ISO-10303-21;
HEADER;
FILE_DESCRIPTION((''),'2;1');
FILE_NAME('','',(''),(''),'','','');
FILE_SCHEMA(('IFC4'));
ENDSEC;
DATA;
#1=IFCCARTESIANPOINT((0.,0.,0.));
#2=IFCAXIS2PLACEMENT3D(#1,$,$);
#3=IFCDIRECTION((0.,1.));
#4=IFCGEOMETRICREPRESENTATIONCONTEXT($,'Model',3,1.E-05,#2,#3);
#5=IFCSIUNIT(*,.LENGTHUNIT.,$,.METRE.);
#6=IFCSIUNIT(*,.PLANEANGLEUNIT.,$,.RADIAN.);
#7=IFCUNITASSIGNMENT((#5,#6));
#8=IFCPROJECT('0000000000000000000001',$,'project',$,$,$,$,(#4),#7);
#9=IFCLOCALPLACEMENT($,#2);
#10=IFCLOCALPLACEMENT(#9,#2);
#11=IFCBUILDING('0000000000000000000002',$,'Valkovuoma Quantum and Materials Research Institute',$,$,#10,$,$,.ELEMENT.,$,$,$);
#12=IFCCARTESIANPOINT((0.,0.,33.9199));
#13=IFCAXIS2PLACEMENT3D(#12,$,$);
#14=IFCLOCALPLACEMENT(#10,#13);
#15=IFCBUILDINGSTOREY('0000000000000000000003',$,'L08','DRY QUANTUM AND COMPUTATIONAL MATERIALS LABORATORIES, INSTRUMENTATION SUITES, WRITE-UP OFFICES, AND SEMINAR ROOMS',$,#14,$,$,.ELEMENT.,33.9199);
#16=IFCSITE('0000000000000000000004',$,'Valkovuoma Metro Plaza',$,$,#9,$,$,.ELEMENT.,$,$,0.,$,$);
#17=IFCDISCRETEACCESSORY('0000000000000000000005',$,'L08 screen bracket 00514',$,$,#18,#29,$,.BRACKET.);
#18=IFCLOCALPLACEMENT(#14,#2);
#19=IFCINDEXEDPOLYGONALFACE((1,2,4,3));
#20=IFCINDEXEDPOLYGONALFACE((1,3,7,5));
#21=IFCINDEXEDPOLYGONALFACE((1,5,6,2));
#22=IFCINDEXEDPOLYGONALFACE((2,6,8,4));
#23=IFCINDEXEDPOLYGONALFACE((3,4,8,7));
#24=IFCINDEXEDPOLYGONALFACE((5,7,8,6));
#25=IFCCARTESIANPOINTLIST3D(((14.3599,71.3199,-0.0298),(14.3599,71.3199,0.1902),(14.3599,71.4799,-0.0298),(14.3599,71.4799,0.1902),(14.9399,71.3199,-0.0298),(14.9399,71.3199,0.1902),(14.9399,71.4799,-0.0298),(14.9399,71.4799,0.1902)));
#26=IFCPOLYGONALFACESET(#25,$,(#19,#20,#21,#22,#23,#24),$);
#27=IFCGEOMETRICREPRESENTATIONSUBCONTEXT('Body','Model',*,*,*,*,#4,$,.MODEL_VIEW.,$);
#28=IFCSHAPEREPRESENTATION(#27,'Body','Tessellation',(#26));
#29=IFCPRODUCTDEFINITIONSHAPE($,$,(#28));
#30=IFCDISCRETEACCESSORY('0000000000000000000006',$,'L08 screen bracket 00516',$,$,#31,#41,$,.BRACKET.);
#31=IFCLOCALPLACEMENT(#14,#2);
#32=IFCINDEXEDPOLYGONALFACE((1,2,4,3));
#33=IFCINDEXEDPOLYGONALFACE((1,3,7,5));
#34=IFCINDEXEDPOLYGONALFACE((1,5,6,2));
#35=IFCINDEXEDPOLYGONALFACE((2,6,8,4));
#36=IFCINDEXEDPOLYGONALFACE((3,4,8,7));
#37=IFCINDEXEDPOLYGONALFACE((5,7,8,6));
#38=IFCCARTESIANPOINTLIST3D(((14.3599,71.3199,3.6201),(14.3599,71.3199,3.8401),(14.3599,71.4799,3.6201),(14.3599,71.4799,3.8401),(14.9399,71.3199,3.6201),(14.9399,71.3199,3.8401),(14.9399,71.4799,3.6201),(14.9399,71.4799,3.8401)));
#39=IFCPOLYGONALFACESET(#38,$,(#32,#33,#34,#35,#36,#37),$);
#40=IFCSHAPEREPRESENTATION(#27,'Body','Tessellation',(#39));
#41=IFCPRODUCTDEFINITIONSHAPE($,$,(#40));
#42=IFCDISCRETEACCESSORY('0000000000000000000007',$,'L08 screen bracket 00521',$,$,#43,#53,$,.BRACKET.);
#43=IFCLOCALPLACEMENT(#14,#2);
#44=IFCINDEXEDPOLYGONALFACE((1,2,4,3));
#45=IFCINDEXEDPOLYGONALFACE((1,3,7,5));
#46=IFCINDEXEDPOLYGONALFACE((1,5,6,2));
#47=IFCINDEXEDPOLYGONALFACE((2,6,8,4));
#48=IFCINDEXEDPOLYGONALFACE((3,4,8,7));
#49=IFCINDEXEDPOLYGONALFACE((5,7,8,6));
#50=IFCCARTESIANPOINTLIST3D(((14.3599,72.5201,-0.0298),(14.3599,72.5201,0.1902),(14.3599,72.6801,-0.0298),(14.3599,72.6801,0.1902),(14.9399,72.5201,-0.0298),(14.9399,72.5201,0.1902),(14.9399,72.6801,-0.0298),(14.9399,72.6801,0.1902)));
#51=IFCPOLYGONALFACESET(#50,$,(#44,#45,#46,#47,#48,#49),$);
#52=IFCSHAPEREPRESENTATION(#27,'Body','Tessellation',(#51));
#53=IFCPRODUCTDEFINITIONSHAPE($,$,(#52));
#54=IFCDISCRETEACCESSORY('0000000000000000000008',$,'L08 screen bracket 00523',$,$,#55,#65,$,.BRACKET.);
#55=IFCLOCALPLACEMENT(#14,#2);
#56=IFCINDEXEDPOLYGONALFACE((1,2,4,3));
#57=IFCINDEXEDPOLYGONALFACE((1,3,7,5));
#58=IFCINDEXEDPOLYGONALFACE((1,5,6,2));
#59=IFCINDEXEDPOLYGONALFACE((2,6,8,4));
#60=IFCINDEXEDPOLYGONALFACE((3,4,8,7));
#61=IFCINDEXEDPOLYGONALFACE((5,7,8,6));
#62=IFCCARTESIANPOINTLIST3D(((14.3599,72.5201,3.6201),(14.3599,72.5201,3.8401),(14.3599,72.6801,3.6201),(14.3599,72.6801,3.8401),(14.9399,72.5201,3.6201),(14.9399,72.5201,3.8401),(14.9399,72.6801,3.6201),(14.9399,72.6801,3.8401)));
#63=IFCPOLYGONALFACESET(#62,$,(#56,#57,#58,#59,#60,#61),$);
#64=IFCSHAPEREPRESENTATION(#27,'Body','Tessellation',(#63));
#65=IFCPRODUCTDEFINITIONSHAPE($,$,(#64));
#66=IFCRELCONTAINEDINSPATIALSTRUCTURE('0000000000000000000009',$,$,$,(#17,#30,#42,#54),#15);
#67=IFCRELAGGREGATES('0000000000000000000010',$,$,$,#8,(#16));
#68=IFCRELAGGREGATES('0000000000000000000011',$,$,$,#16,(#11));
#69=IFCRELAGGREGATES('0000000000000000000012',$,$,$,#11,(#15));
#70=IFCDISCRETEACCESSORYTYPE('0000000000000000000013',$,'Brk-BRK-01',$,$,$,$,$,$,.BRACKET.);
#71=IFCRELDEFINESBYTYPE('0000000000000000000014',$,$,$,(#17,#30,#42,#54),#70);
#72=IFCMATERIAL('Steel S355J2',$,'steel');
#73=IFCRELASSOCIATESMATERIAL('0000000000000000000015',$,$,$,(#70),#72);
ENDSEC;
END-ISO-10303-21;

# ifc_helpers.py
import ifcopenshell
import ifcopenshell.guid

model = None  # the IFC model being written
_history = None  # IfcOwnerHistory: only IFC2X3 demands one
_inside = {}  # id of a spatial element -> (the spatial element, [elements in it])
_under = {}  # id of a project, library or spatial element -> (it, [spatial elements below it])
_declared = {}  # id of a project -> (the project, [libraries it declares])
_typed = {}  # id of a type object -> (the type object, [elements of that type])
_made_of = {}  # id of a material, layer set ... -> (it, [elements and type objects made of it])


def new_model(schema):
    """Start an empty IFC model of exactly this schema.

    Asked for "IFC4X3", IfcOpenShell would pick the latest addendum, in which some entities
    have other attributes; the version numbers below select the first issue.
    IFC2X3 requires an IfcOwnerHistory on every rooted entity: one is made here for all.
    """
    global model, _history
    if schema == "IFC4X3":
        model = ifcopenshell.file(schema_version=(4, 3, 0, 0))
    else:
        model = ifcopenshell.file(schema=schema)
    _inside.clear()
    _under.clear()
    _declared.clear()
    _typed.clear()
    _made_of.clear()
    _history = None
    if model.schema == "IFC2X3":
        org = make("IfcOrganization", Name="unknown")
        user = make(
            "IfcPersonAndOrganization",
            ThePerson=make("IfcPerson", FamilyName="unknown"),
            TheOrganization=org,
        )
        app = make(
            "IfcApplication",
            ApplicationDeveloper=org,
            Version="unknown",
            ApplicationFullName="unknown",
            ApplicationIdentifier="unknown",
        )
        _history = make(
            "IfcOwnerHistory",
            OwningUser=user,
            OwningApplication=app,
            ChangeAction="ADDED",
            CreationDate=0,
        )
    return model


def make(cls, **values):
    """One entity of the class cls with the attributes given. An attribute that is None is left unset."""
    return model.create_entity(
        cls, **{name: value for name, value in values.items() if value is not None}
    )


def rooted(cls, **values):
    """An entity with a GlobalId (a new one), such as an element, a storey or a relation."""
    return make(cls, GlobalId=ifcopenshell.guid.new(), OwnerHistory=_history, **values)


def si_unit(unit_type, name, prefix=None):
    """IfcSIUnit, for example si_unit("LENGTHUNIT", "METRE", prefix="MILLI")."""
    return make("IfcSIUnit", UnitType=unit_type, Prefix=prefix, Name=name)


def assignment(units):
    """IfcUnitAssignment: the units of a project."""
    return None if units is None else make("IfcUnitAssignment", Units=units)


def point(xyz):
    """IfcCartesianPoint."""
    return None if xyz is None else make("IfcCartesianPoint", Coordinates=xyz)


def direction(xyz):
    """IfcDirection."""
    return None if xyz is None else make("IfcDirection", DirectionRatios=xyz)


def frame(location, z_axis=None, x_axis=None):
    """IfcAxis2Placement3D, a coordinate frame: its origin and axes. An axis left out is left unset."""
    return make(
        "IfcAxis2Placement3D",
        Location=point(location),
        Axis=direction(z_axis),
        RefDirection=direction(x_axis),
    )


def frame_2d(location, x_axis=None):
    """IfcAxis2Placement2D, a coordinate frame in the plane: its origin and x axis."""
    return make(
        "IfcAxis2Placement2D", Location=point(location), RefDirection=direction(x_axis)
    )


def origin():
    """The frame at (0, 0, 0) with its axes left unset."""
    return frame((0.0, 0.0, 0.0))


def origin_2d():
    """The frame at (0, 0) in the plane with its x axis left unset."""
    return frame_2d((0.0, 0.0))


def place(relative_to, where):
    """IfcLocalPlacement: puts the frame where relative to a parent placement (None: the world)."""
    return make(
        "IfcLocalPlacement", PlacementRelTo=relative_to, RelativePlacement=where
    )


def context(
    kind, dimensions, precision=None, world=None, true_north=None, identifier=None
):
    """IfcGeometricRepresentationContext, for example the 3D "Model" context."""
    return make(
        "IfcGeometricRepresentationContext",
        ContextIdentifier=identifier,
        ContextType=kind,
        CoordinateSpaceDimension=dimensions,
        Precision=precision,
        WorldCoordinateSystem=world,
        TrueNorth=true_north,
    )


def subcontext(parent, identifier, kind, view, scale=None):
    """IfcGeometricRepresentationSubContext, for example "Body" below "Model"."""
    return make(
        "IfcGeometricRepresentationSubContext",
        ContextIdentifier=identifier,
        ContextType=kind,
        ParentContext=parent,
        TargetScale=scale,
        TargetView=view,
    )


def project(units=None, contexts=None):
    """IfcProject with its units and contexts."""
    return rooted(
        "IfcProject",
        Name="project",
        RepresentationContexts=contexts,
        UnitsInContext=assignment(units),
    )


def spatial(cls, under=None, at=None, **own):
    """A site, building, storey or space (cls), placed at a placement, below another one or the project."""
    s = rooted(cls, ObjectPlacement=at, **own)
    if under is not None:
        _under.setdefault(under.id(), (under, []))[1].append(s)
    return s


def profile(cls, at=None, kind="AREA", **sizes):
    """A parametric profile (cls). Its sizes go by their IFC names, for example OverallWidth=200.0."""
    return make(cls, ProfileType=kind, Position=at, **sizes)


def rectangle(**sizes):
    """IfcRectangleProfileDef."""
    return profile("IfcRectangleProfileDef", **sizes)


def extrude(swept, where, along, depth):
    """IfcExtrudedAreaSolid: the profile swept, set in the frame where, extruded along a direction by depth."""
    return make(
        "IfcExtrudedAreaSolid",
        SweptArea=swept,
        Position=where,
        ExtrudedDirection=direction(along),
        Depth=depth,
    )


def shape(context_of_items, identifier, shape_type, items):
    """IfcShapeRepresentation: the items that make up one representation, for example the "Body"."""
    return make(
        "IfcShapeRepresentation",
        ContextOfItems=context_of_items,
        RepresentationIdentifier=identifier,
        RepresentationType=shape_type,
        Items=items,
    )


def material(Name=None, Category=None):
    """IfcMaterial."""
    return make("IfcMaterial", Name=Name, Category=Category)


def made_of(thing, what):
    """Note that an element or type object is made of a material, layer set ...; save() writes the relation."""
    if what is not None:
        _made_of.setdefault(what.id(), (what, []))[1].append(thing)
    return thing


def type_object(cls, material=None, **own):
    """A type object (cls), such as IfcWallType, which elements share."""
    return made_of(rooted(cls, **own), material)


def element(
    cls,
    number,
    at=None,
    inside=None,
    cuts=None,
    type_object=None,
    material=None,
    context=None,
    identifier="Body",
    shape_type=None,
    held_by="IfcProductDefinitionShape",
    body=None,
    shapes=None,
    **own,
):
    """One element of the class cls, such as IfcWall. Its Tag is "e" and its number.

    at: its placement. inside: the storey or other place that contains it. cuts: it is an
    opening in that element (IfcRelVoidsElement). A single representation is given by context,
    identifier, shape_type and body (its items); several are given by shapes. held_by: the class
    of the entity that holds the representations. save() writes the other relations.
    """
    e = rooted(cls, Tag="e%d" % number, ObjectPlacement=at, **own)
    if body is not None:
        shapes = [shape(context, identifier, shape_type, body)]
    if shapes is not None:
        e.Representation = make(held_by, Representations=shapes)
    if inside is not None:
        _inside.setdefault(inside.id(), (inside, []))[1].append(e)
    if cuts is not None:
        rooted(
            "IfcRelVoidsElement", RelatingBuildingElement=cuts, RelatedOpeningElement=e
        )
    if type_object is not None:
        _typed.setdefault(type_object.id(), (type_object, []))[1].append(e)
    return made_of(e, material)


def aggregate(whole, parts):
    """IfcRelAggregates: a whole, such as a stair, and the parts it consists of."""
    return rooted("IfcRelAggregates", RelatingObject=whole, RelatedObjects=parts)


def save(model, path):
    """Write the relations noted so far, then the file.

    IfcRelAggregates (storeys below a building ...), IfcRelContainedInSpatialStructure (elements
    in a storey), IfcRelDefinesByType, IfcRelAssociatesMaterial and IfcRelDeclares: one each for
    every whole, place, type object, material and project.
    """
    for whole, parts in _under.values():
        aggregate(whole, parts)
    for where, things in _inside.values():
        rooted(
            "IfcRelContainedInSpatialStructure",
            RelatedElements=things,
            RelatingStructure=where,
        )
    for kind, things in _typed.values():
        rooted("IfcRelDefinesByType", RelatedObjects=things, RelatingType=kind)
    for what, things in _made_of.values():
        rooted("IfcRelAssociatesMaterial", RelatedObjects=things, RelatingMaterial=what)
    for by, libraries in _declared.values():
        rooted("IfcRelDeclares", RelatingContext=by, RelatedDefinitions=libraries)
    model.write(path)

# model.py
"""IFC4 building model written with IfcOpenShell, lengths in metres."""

from ifc_helpers import new_model, si_unit, direction, frame, origin, origin_2d, place, context, subcontext, project, spatial, rectangle, extrude, material, type_object, element, save


model = new_model("IFC4")

# Units and contexts
model_context = context("Model", 3, precision=1e-05, world=origin(), true_north=direction((0.0, 1.0)))
body_context = subcontext(model_context, "Body", "Model", "MODEL_VIEW")
ifc_project = project(units=[si_unit("LENGTHUNIT", "METRE"), si_unit("PLANEANGLEUNIT", "RADIAN")], contexts=[model_context])

# Site, building, storey
site_placement = place(None, origin())
site = spatial("IfcSite", under=ifc_project, at=site_placement, Name="Valkovuoma Metro Plaza", CompositionType="ELEMENT", RefElevation=0.0)
building_placement = place(site_placement, origin())
building = spatial("IfcBuilding", under=site, at=building_placement, Name="Valkovuoma Quantum and Materials Research Institute", CompositionType="ELEMENT")
storey_placement = place(building_placement, frame((0.0, 0.0, 33.9199)))
storey = spatial("IfcBuildingStorey", under=building, at=storey_placement, Name="L08", Description="DRY QUANTUM AND COMPUTATIONAL MATERIALS LABORATORIES, INSTRUMENTATION SUITES, WRITE-UP OFFICES, AND SEMINAR ROOMS", CompositionType="ELEMENT", Elevation=33.9199)

# Discrete accessories
ifc_material_1 = material(Name="Steel S355J2", Category="steel")
discrete_accessory_type = type_object("IfcDiscreteAccessoryType", Name="Brk-BRK-01", PredefinedType="BRACKET", material=ifc_material_1)
for number, where, z_axis, x_axis, name in (
    (1, (14.6499, 71.3999, -0.0298), (0.0, 0.0, 1.0), (1.0, 0.0, 0.0), "L08 screen bracket 00514"),
    (2, (14.6499, 71.3999, 3.6201), (0.0, 0.0, 1.0), (1.0, 0.0, 0.0), "L08 screen bracket 00516"),
    (3, (14.6499, 72.6001, -0.0298), (0.0, 0.0, 1.0), (1.0, 0.0, 0.0), "L08 screen bracket 00521"),
    (4, (14.6499, 72.6001, 3.6201), (0.0, 0.0, 1.0), (1.0, 0.0, 0.0), "L08 screen bracket 00523"),
):
    element("IfcDiscreteAccessory", number, at=place(storey_placement, frame(where, z_axis=z_axis, x_axis=x_axis)), inside=storey, type_object=discrete_accessory_type, Name=name, PredefinedType="BRACKET", context=body_context, shape_type="SweptSolid", body=[
        extrude(rectangle(XDim=0.5801, YDim=0.1599, at=origin_2d()), origin(), (0.0, 0.0, 1.0), 0.22),
    ])

save(model, "model.ifc")
